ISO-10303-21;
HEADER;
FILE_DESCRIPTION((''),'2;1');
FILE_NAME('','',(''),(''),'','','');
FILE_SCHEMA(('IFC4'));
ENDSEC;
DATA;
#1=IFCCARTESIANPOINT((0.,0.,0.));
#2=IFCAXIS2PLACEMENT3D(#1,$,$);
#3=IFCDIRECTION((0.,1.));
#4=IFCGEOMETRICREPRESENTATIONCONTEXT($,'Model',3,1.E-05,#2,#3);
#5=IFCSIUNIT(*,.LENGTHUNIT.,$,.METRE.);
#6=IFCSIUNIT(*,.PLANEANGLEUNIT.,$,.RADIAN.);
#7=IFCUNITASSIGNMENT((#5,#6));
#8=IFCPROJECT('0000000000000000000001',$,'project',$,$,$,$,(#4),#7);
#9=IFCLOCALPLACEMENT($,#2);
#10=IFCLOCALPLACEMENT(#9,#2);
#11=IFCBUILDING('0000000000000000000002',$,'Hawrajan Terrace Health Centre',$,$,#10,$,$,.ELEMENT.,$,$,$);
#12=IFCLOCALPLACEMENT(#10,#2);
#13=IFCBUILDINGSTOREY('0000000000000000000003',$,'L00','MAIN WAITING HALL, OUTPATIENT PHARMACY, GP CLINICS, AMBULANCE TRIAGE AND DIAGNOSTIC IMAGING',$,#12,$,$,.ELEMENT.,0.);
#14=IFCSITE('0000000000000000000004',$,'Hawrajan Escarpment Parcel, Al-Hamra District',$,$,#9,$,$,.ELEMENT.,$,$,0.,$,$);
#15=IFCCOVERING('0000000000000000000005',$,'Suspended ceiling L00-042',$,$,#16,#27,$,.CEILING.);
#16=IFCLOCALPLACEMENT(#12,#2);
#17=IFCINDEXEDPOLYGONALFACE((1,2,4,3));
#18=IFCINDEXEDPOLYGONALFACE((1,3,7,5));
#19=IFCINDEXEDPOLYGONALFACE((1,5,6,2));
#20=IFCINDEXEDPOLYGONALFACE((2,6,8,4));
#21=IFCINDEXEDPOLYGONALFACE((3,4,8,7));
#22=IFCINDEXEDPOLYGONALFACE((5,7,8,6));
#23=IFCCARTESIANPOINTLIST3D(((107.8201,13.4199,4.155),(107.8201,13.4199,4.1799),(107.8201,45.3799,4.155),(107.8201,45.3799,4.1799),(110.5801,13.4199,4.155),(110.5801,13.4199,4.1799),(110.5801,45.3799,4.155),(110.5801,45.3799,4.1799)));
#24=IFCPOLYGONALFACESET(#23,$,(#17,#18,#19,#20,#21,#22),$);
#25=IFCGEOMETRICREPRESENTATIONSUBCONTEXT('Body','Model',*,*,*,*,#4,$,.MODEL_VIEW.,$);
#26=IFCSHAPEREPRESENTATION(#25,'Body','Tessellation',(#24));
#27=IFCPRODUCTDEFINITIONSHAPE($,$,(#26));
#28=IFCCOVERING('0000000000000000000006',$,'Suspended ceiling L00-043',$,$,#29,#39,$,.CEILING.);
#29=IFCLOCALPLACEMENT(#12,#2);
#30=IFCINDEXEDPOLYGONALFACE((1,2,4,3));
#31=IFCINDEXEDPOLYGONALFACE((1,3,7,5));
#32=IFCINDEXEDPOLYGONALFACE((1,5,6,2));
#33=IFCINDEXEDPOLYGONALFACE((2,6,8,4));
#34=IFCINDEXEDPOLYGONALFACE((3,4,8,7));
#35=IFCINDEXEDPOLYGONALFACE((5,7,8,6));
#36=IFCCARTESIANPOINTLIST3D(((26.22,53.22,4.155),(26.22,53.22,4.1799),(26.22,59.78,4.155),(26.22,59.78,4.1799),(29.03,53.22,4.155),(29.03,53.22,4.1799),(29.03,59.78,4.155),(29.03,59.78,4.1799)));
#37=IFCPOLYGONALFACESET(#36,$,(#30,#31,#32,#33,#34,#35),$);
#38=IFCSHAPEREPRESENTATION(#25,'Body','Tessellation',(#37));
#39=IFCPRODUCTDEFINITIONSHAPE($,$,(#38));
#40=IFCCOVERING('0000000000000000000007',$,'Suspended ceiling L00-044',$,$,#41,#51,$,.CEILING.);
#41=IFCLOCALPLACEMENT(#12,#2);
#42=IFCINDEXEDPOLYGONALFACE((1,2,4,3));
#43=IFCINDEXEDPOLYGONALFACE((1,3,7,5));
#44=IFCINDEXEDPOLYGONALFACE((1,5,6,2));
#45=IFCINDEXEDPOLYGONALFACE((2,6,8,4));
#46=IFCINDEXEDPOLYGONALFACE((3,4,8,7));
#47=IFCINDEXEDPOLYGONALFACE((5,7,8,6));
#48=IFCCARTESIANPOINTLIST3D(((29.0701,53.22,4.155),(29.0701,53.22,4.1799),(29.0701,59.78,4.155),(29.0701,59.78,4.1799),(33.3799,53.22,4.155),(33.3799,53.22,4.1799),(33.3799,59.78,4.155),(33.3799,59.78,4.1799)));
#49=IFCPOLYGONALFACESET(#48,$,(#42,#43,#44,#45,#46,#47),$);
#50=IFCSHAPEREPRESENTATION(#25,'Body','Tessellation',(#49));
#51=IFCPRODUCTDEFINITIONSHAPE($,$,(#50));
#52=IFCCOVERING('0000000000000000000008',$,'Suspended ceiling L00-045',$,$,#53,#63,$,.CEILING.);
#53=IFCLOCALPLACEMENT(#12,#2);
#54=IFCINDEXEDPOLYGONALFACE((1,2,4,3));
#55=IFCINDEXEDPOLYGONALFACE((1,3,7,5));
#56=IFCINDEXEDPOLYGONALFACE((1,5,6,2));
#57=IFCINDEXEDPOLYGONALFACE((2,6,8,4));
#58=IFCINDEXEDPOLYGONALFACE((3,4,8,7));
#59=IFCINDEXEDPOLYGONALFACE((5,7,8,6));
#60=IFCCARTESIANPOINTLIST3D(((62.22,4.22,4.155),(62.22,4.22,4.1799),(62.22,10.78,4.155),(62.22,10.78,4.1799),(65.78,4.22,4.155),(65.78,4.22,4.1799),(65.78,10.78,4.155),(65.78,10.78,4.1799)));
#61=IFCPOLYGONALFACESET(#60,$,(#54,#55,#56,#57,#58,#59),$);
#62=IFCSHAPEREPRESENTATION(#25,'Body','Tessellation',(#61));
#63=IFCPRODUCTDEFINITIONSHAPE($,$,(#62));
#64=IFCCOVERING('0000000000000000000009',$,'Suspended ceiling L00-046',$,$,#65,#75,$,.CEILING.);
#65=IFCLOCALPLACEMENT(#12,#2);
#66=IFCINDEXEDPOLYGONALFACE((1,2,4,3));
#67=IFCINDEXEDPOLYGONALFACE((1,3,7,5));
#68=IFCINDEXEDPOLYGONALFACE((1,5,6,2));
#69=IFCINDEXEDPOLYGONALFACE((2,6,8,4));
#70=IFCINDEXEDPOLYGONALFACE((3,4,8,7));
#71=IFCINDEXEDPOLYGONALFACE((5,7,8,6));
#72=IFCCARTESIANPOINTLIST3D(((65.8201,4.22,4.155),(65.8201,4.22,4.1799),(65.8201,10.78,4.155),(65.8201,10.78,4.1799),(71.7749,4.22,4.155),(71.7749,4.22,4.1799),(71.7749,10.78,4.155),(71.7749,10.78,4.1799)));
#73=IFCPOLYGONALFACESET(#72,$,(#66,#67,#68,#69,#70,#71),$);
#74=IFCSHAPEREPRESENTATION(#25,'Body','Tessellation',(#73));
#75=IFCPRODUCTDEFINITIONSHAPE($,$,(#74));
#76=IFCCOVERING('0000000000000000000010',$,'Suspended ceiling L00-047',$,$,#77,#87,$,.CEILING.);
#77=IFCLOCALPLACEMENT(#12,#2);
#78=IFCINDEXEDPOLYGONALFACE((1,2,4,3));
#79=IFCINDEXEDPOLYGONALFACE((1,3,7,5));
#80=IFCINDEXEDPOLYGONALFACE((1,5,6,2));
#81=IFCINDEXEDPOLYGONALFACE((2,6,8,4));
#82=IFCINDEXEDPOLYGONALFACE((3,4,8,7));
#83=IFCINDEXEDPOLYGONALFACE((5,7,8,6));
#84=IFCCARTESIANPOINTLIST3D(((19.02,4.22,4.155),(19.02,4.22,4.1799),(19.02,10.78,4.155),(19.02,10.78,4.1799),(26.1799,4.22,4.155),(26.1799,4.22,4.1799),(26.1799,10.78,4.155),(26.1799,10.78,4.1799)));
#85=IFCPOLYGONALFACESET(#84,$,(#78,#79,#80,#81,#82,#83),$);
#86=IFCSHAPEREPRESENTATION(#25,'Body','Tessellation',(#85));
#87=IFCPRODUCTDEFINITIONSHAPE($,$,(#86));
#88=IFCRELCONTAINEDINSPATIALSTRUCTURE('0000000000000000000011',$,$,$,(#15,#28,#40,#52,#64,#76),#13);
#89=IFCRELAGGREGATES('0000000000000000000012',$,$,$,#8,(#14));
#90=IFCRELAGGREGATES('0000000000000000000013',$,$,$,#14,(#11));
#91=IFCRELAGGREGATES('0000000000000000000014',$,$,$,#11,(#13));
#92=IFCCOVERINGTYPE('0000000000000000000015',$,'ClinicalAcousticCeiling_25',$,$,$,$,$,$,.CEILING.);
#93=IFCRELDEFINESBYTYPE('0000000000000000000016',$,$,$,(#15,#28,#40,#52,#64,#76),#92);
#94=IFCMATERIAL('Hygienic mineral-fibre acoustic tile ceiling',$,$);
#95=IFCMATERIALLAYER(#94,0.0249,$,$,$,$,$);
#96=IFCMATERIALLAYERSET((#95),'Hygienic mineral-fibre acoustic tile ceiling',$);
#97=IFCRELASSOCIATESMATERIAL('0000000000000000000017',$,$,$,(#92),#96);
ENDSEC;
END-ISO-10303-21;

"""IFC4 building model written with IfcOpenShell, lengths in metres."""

from ifc_helpers import new_model, si_unit, direction, frame, origin, place, context, subcontext, project, spatial, polyline, outline, extrude, material, layer, layer_set, type_object, element, save


model = new_model("IFC4")

# Units and contexts
model_context = context("Model", 3, precision=1e-05, world=origin(), true_north=direction((0.0, 1.0)))
body_context = subcontext(model_context, "Body", "Model", "MODEL_VIEW")
ifc_project = project(units=[si_unit("LENGTHUNIT", "METRE"), si_unit("PLANEANGLEUNIT", "RADIAN")], contexts=[model_context])

# Site, building, storey
site_placement = place(None, origin())
site = spatial("IfcSite", under=ifc_project, at=site_placement, Name="Hawrajan Escarpment Parcel, Al-Hamra District", CompositionType="ELEMENT", RefElevation=0.0)
building_placement = place(site_placement, origin())
building = spatial("IfcBuilding", under=site, at=building_placement, Name="Hawrajan Terrace Health Centre", CompositionType="ELEMENT")
storey_placement = place(building_placement, origin())
storey = spatial("IfcBuildingStorey", under=building, at=storey_placement, Name="L00", Description="MAIN WAITING HALL, OUTPATIENT PHARMACY, GP CLINICS, AMBULANCE TRIAGE AND DIAGNOSTIC IMAGING", CompositionType="ELEMENT", Elevation=0.0)

# Coverings
ifc_material = material(Name="Hygienic mineral-fibre acoustic tile ceiling")
ifc_layer = layer(ifc_material, 0.0249)
ifc_layer_set = layer_set([ifc_layer], Name="Hygienic mineral-fibre acoustic tile ceiling")
covering_type = type_object("IfcCoveringType", Name="ClinicalAcousticCeiling_25", PredefinedType="CEILING", material=ifc_layer_set)
covering_1_placement = place(storey_placement, frame((0.0, 0.0, 4.155)))
element("IfcCovering", 1, at=covering_1_placement, inside=storey, type_object=covering_type, Name="Suspended ceiling L00-042", PredefinedType="CEILING", context=body_context, shape_type="SweptSolid", body=[
    extrude(outline(polyline([(107.8201, 45.3799), (110.5801, 45.3799), (110.5801, 13.4199), (107.8201, 13.4199), (107.8201, 45.3799)])), origin(), (0.0, 0.0, 1.0), 0.0249),
])
covering_2_placement = place(storey_placement, frame((0.0, 0.0, 4.155)))
element("IfcCovering", 2, at=covering_2_placement, inside=storey, type_object=covering_type, Name="Suspended ceiling L00-043", PredefinedType="CEILING", context=body_context, shape_type="SweptSolid", body=[
    extrude(outline(polyline([(26.22, 59.78), (29.03, 59.78), (29.03, 53.22), (26.22, 53.22), (26.22, 59.78)])), origin(), (0.0, 0.0, 1.0), 0.0249),
])
covering_3_placement = place(storey_placement, frame((0.0, 0.0, 4.155)))
element("IfcCovering", 3, at=covering_3_placement, inside=storey, type_object=covering_type, Name="Suspended ceiling L00-044", PredefinedType="CEILING", context=body_context, shape_type="SweptSolid", body=[
    extrude(outline(polyline([(29.0701, 59.78), (33.3799, 59.78), (33.3799, 53.22), (29.0701, 53.22), (29.0701, 59.78)])), origin(), (0.0, 0.0, 1.0), 0.0249),
])
covering_4_placement = place(storey_placement, frame((0.0, 0.0, 4.155)))
element("IfcCovering", 4, at=covering_4_placement, inside=storey, type_object=covering_type, Name="Suspended ceiling L00-045", PredefinedType="CEILING", context=body_context, shape_type="SweptSolid", body=[
    extrude(outline(polyline([(62.22, 10.78), (65.78, 10.78), (65.78, 4.22), (62.22, 4.22), (62.22, 10.78)])), origin(), (0.0, 0.0, 1.0), 0.0249),
])
covering_5_placement = place(storey_placement, frame((0.0, 0.0, 4.155)))
element("IfcCovering", 5, at=covering_5_placement, inside=storey, type_object=covering_type, Name="Suspended ceiling L00-046", PredefinedType="CEILING", context=body_context, shape_type="SweptSolid", body=[
    extrude(outline(polyline([(65.8201, 10.78), (71.7749, 10.78), (71.7749, 4.22), (65.8201, 4.22), (65.8201, 10.78)])), origin(), (0.0, 0.0, 1.0), 0.0249),
])
covering_6_placement = place(storey_placement, frame((0.0, 0.0, 4.155)))
element("IfcCovering", 6, at=covering_6_placement, inside=storey, type_object=covering_type, Name="Suspended ceiling L00-047", PredefinedType="CEILING", context=body_context, shape_type="SweptSolid", body=[
    extrude(outline(polyline([(19.02, 10.78), (26.1799, 10.78), (26.1799, 4.22), (19.02, 4.22), (19.02, 10.78)])), origin(), (0.0, 0.0, 1.0), 0.0249),
])

save(model, "model.ifc")
